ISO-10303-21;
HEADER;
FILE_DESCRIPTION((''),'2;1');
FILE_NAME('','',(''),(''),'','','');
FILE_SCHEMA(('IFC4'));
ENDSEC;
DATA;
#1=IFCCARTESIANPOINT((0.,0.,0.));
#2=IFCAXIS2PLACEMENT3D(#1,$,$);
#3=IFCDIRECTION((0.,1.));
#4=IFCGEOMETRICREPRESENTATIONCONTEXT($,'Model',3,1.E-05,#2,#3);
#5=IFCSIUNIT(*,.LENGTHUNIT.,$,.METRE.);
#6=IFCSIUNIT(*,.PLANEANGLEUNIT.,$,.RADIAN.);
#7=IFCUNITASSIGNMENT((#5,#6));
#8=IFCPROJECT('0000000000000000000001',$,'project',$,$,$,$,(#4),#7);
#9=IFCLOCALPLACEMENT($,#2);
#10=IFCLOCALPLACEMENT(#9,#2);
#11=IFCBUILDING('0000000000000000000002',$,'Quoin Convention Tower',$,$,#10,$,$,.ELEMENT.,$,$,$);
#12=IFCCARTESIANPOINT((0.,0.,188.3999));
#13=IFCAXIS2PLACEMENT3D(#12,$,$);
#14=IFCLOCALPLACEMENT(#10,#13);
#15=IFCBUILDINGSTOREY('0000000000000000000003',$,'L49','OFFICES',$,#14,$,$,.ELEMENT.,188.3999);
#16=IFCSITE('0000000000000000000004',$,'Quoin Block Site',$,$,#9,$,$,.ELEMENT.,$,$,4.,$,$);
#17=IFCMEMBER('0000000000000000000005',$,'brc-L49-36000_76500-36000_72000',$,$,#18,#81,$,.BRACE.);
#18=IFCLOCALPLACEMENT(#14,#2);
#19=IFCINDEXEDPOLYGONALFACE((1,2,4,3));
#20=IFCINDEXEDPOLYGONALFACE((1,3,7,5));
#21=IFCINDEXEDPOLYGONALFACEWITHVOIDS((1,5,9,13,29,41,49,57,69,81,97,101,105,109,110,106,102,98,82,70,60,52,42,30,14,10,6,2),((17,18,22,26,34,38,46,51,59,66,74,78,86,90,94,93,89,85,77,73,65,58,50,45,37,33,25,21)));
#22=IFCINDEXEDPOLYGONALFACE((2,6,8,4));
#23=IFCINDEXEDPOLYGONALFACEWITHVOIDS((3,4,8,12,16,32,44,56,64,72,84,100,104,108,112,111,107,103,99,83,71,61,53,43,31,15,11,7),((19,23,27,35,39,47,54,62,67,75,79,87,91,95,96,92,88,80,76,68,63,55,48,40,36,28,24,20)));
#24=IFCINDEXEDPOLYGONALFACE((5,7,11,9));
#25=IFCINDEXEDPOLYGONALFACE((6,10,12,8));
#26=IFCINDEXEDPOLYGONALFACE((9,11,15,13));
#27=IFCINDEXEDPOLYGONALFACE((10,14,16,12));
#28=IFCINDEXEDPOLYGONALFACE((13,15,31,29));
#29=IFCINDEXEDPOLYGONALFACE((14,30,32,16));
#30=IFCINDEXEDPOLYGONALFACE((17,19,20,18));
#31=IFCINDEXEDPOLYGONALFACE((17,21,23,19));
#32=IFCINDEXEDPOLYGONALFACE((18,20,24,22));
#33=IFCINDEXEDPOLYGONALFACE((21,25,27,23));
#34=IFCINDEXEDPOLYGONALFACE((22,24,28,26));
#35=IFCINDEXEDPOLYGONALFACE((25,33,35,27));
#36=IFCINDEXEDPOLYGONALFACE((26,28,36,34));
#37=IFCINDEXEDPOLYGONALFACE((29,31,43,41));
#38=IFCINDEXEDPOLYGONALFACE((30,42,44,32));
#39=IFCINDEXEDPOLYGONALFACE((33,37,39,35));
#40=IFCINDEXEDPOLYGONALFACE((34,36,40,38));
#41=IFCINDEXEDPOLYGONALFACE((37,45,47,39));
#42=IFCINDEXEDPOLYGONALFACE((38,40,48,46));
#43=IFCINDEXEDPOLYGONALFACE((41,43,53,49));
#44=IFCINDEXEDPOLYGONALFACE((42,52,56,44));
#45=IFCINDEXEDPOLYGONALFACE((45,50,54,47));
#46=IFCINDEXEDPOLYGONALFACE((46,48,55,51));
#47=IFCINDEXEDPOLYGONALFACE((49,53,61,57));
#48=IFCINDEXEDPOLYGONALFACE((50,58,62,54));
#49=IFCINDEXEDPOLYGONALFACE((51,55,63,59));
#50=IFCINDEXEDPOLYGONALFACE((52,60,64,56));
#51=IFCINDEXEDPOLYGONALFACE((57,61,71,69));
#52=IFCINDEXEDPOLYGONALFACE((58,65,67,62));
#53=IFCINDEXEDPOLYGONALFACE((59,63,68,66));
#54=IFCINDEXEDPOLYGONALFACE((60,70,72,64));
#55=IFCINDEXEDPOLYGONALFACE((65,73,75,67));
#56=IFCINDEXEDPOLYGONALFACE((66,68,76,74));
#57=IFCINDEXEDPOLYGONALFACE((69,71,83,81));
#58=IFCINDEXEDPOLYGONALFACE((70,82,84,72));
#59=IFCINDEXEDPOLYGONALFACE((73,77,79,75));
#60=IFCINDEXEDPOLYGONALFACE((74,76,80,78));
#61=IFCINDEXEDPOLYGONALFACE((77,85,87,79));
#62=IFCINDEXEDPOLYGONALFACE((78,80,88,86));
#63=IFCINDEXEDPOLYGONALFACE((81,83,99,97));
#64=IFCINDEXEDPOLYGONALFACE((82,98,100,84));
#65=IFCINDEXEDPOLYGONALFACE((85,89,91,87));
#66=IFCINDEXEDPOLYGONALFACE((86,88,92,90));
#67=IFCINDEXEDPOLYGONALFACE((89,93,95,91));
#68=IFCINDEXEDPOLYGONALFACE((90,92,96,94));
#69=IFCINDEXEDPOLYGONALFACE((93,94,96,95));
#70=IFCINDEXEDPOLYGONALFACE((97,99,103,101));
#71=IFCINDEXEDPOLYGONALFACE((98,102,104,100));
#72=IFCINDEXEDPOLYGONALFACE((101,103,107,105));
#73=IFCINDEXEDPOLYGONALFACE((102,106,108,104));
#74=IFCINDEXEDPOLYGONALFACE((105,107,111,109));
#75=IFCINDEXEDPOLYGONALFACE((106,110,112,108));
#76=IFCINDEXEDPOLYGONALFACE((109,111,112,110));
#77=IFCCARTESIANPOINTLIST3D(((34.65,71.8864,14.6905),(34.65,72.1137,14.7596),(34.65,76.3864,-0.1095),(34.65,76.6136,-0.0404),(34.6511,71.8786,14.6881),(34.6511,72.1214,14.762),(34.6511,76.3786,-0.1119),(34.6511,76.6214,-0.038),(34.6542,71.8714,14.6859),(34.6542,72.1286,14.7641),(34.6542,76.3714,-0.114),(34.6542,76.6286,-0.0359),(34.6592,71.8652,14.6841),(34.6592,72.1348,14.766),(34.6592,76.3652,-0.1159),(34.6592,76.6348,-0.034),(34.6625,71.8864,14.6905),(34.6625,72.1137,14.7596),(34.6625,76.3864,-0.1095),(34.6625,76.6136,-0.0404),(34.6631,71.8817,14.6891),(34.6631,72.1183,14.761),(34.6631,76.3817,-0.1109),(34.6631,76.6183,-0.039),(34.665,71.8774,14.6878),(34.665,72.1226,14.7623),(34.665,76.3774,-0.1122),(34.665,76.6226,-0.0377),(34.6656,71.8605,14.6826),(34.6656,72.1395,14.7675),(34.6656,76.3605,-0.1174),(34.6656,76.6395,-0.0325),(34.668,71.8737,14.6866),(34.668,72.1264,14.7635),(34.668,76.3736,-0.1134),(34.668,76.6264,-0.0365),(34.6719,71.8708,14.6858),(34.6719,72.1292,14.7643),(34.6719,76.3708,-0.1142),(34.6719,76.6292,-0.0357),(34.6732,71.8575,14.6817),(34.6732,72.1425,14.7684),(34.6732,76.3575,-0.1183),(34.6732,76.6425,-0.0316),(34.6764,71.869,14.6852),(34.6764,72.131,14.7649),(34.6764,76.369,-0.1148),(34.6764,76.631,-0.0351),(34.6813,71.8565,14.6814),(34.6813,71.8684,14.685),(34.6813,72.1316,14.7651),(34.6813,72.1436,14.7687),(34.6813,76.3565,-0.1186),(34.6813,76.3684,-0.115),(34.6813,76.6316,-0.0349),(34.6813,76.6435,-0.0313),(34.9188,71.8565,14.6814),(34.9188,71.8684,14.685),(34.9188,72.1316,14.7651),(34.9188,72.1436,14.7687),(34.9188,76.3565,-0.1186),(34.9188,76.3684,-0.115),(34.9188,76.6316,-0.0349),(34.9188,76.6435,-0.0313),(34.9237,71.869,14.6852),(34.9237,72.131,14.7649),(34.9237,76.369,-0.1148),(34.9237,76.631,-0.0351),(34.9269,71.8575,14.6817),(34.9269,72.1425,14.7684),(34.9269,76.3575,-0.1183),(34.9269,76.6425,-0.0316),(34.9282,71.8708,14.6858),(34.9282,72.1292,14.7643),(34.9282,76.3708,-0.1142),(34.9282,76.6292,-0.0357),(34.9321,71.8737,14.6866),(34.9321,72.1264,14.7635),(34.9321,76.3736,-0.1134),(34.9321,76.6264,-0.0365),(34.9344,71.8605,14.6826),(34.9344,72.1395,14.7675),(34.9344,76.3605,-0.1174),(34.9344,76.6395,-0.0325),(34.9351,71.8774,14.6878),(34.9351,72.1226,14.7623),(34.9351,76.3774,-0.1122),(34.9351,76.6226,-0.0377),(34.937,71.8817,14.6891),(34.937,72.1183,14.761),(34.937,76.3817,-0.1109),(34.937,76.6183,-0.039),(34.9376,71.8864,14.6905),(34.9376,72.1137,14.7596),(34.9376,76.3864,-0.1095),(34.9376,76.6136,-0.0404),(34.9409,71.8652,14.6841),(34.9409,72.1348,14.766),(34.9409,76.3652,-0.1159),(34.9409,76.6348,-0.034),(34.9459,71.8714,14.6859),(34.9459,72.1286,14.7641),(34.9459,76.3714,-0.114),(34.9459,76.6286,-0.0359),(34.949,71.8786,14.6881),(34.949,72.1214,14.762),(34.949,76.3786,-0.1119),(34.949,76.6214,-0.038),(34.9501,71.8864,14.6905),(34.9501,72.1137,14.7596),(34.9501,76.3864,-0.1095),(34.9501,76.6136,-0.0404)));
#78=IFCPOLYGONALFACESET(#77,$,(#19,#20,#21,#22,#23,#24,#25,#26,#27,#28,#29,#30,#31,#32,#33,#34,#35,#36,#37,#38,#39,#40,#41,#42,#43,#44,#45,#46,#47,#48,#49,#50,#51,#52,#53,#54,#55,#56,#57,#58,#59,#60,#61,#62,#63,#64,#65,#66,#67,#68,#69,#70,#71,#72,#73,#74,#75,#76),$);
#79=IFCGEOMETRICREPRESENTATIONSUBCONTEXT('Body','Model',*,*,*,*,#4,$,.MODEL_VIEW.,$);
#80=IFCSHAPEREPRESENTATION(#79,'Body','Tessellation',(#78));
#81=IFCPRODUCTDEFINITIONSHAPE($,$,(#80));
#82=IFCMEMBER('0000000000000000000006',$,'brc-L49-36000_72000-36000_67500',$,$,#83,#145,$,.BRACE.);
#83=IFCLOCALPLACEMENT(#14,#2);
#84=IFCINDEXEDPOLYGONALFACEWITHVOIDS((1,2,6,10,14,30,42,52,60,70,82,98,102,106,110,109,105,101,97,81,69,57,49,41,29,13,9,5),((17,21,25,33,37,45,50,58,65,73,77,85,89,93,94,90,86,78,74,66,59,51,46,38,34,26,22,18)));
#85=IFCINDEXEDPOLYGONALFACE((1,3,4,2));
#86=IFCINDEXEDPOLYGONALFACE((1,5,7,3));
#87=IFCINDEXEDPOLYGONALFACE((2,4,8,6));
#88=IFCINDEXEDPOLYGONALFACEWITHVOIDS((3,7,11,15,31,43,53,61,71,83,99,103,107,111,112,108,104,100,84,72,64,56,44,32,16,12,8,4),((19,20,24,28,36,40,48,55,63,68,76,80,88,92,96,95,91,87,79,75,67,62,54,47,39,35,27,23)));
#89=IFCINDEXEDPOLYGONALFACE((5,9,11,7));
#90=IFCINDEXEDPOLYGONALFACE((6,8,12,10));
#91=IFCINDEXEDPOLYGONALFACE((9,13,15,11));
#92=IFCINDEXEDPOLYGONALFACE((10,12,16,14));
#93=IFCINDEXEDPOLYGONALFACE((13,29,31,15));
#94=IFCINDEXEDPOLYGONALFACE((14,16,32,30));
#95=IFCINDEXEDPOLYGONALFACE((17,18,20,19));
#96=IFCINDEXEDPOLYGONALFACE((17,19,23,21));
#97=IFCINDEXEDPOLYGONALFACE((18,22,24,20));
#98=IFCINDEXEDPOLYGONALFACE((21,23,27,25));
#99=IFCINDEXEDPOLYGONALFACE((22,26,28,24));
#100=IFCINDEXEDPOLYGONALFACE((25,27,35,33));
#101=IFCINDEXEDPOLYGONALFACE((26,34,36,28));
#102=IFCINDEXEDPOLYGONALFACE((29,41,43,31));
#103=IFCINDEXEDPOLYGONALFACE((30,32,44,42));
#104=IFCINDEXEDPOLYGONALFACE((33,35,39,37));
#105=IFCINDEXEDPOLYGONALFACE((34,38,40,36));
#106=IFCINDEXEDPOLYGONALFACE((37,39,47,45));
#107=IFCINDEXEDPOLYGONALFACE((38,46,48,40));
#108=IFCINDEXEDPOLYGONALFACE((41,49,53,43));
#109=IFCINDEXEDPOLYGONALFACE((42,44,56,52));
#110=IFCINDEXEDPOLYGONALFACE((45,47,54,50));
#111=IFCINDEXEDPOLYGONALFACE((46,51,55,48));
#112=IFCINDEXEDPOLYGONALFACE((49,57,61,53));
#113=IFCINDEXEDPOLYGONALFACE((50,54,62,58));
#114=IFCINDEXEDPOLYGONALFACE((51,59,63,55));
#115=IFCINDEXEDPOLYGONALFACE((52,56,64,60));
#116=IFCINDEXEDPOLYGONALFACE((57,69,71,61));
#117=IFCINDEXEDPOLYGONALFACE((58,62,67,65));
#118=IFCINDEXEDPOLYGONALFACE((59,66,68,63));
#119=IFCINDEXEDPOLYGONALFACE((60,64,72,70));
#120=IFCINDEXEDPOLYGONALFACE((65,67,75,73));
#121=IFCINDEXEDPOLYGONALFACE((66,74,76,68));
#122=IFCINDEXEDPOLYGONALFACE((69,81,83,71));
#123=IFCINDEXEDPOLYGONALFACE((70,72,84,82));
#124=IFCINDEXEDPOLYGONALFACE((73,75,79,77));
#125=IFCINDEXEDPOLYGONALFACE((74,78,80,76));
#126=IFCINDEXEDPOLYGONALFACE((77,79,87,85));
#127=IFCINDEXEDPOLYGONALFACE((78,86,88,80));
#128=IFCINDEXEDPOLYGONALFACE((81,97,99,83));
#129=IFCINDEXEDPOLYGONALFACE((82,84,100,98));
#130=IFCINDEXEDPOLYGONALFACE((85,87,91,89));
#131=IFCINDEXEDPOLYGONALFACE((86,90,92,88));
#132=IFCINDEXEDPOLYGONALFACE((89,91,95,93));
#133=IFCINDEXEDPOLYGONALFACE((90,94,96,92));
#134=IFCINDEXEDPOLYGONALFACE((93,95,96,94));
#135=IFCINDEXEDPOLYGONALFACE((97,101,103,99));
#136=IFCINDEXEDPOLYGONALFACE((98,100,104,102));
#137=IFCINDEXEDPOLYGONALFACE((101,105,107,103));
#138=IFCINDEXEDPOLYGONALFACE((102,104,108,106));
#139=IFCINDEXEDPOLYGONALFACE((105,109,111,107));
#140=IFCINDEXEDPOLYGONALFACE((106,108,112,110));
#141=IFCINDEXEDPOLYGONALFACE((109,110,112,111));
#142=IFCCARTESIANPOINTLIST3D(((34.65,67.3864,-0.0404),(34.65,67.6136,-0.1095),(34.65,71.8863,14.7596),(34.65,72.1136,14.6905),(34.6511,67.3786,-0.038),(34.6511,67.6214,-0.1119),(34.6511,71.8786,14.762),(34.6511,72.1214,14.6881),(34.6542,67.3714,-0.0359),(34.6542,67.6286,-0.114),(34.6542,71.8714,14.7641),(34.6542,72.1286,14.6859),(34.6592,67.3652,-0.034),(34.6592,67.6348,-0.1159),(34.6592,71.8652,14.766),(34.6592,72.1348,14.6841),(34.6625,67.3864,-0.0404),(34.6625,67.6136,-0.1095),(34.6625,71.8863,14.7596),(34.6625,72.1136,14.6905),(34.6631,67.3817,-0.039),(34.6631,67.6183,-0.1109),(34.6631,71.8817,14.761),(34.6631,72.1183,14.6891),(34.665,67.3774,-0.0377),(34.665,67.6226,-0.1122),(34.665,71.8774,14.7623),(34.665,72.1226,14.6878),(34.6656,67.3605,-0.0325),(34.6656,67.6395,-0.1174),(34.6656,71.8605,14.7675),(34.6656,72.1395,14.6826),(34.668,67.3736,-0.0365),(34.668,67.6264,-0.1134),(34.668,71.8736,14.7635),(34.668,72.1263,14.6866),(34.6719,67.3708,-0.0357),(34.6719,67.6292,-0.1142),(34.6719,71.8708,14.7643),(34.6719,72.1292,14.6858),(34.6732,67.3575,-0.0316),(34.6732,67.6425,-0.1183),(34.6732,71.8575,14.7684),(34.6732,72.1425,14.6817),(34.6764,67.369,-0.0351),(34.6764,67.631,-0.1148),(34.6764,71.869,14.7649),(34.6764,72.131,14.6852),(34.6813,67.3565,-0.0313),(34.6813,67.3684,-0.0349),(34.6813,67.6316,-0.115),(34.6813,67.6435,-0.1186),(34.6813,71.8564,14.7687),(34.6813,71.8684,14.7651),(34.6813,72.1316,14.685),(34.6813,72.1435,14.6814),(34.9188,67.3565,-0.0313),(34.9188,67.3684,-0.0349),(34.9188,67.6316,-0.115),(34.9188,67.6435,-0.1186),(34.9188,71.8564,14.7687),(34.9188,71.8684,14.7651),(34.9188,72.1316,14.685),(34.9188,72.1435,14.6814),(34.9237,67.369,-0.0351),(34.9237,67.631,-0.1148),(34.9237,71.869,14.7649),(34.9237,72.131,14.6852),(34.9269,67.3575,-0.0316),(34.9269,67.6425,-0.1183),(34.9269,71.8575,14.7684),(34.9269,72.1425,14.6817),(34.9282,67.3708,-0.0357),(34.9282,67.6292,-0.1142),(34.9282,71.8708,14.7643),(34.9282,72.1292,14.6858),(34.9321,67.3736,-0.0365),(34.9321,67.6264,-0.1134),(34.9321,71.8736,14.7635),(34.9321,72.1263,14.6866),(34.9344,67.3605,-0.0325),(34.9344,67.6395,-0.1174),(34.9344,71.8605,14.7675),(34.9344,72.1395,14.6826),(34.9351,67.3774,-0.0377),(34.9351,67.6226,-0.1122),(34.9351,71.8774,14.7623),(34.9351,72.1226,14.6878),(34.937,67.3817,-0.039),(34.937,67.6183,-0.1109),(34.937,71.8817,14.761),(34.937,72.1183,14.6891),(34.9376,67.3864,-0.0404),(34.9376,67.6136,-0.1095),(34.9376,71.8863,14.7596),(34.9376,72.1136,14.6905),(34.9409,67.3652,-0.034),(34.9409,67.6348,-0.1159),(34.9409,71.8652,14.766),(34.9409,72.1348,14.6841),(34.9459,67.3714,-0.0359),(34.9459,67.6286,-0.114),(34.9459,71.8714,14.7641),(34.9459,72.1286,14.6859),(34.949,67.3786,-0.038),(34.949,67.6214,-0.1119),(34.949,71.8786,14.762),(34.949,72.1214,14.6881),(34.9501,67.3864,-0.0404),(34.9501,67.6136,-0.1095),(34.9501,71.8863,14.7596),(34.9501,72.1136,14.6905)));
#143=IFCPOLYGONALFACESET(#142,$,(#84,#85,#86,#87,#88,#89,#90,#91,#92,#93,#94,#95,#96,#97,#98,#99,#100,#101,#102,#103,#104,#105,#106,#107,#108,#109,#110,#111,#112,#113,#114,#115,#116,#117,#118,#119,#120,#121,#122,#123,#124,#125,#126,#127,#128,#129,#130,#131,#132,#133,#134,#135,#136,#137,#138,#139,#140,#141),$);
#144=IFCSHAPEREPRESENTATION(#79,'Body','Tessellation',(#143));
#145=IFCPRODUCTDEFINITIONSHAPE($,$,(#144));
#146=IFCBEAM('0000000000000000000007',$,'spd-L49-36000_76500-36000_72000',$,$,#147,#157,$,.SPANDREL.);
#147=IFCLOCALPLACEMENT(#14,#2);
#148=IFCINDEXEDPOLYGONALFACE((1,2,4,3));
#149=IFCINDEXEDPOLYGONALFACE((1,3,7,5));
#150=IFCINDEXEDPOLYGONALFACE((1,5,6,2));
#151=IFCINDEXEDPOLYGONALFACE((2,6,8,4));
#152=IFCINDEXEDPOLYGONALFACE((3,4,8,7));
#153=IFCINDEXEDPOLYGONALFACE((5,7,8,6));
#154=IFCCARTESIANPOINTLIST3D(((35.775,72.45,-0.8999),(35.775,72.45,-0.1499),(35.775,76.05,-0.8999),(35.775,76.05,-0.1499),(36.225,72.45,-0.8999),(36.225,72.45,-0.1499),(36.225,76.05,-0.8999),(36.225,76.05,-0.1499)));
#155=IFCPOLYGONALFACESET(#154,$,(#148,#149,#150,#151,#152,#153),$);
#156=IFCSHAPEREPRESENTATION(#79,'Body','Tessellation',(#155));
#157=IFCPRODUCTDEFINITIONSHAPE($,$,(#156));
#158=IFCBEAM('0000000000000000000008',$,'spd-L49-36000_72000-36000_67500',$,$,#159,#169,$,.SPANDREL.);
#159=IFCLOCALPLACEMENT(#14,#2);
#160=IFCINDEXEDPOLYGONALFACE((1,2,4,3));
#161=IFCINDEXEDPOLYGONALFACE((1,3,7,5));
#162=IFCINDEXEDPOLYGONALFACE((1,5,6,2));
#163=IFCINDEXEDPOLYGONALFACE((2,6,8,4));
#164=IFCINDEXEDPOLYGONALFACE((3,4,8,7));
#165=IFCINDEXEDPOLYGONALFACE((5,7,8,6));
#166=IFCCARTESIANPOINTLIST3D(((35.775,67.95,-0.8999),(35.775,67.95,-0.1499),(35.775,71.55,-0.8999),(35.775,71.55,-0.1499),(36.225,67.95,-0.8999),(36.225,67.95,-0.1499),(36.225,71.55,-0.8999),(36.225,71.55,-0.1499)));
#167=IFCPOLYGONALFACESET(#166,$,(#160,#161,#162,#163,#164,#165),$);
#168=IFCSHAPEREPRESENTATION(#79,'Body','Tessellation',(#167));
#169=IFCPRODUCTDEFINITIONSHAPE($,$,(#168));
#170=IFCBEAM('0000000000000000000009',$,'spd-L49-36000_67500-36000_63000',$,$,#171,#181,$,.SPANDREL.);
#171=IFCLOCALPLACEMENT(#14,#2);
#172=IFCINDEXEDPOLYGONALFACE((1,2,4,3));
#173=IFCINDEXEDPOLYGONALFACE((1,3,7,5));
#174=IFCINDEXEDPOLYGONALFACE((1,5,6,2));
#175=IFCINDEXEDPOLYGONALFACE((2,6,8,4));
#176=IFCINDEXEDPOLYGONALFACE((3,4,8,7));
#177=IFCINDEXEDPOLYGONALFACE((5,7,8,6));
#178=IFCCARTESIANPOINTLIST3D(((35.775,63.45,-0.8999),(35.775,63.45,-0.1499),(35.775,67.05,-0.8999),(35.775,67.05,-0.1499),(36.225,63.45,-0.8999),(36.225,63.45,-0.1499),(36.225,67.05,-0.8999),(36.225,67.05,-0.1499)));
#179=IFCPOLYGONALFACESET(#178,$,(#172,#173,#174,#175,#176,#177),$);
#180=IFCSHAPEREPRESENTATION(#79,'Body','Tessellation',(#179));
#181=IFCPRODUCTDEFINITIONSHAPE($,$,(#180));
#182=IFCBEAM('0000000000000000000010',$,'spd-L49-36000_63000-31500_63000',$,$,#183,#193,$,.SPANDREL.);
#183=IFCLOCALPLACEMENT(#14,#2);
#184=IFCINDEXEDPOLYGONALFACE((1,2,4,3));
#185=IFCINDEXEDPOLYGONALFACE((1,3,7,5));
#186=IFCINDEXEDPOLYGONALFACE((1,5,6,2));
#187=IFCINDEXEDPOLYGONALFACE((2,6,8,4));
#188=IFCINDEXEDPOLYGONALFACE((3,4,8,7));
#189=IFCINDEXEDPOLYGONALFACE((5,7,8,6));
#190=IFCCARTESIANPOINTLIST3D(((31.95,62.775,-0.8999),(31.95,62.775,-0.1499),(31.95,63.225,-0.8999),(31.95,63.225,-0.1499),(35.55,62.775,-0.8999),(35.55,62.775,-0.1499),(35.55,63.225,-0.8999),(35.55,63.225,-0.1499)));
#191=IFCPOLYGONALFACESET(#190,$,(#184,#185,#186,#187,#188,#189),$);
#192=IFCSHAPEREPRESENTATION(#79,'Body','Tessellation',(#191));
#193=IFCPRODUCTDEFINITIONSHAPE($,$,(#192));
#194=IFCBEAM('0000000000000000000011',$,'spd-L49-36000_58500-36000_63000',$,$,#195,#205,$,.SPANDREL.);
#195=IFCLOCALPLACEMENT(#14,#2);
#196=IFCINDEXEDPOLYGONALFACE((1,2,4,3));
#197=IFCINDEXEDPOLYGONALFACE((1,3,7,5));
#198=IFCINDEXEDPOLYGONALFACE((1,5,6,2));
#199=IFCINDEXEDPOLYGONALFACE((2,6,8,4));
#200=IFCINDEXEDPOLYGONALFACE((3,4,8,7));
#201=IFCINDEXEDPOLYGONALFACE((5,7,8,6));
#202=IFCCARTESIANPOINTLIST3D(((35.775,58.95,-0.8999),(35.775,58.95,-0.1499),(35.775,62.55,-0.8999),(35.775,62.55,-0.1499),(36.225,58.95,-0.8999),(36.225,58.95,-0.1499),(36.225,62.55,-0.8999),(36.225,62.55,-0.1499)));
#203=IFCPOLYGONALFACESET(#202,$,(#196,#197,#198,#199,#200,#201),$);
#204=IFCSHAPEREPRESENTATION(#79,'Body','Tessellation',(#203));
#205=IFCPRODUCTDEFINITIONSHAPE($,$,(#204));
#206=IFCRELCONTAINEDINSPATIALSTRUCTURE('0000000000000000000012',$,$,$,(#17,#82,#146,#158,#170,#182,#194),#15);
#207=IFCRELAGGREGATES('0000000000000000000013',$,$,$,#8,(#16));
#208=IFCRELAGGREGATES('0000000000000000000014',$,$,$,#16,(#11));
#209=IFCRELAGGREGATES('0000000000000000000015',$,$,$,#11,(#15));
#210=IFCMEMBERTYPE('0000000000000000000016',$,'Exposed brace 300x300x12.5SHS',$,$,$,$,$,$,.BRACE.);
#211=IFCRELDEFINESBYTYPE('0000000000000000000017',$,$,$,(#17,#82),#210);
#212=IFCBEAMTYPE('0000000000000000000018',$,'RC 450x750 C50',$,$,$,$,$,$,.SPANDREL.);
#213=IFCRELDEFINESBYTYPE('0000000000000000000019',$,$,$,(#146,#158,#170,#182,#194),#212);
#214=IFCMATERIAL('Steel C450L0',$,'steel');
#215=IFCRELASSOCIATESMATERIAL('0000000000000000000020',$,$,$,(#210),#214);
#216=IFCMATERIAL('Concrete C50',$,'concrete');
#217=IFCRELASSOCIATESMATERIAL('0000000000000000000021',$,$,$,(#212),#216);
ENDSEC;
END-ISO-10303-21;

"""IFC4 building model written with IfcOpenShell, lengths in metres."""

from ifc_helpers import new_model, si_unit, direction, frame, origin, origin_2d, place, context, subcontext, project, spatial, rectangle, hollow_rectangle, extrude, material, material_profile, profile_set, type_object, element, save


model = new_model("IFC4")

# Units and contexts
model_context = context("Model", 3, precision=1e-05, world=origin(), true_north=direction((0.0, 1.0)))
body_context = subcontext(model_context, "Body", "Model", "MODEL_VIEW")
ifc_project = project(units=[si_unit("LENGTHUNIT", "METRE"), si_unit("PLANEANGLEUNIT", "RADIAN")], contexts=[model_context])

# Site, building, storey
site_placement = place(None, origin())
site = spatial("IfcSite", under=ifc_project, at=site_placement, Name="Quoin Block Site", CompositionType="ELEMENT", RefElevation=4.0)
building_placement = place(site_placement, origin())
building = spatial("IfcBuilding", under=site, at=building_placement, Name="Quoin Convention Tower", CompositionType="ELEMENT")
storey_placement = place(building_placement, frame((0.0, 0.0, 188.3999)))
storey = spatial("IfcBuildingStorey", under=building, at=storey_placement, Name="L49", Description="OFFICES", CompositionType="ELEMENT", Elevation=188.3999)

# Shared definitions
ifc_material_1 = material(Name="Concrete C50", Category="concrete")

# Members
ifc_material_2 = material(Name="Steel C450L0", Category="steel")
ifc_material_profile_1 = material_profile(ifc_material_2, hollow_rectangle(XDim=0.3, YDim=0.3, WallThickness=0.0125, InnerFilletRadius=0.0188, OuterFilletRadius=0.0312, at=origin_2d()), Name="300x300x12.5SHS")
ifc_profile_set_1 = profile_set([ifc_material_profile_1], Name="Steel C450L0")
member_type = type_object("IfcMemberType", Name="Exposed brace 300x300x12.5SHS", PredefinedType="BRACE", material=ifc_profile_set_1)
for number, where, z_axis, x_axis, name in (
    (1, (34.8, 76.5, -0.075), (0.0, -0.290903, 0.956752), (1.0, 0.0, 0.0), "brc-L49-36000_76500-36000_72000"),
    (2, (34.8, 67.5, -0.075), (0.0, 0.290903, 0.956752), (-1.0, 0.0, 0.0), "brc-L49-36000_72000-36000_67500"),
):
    element("IfcMember", number, at=place(storey_placement, frame(where, z_axis=z_axis, x_axis=x_axis)), inside=storey, type_object=member_type, Name=name, PredefinedType="BRACE", context=body_context, shape_type="SweptSolid", body=[
        extrude(hollow_rectangle(XDim=0.3, YDim=0.3, WallThickness=0.0125, InnerFilletRadius=0.0188, OuterFilletRadius=0.0312, at=origin_2d()), origin(), (0.0, 0.0, 1.0), 15.469),
    ])

# Beams
ifc_material_profile_2 = material_profile(ifc_material_1, rectangle(XDim=0.45, YDim=0.75, at=origin_2d()), Name="RC 450x750")
ifc_profile_set_2 = profile_set([ifc_material_profile_2], Name="Concrete C50")
beam_type_1 = type_object("IfcBeamType", Name="RC 450x750 C50", PredefinedType="SPANDREL", material=ifc_profile_set_2)
for number, where, z_axis, x_axis, name in (
    (3, (36.0, 76.05, -0.5249), (0.0, -1.0, 0.0), (1.0, 0.0, 0.0), "spd-L49-36000_76500-36000_72000"),
    (4, (36.0, 71.55, -0.5249), (0.0, -1.0, 0.0), (1.0, 0.0, 0.0), "spd-L49-36000_72000-36000_67500"),
    (5, (36.0, 67.05, -0.5249), (0.0, -1.0, 0.0), (1.0, 0.0, 0.0), "spd-L49-36000_67500-36000_63000"),
    (6, (35.55, 63.0, -0.5249), (-1.0, 0.0, 0.0), (0.0, -1.0, 0.0), "spd-L49-36000_63000-31500_63000"),
    (7, (36.0, 58.95, -0.5249), (0.0, 1.0, 0.0), (-1.0, 0.0, 0.0), "spd-L49-36000_58500-36000_63000"),
):
    element("IfcBeam", number, at=place(storey_placement, frame(where, z_axis=z_axis, x_axis=x_axis)), inside=storey, type_object=beam_type_1, Name=name, PredefinedType="SPANDREL", context=body_context, shape_type="SweptSolid", body=[
        extrude(rectangle(XDim=0.45, YDim=0.75, at=origin_2d()), origin(), (0.0, 0.0, 1.0), 3.6001),
    ])

save(model, "model.ifc")
